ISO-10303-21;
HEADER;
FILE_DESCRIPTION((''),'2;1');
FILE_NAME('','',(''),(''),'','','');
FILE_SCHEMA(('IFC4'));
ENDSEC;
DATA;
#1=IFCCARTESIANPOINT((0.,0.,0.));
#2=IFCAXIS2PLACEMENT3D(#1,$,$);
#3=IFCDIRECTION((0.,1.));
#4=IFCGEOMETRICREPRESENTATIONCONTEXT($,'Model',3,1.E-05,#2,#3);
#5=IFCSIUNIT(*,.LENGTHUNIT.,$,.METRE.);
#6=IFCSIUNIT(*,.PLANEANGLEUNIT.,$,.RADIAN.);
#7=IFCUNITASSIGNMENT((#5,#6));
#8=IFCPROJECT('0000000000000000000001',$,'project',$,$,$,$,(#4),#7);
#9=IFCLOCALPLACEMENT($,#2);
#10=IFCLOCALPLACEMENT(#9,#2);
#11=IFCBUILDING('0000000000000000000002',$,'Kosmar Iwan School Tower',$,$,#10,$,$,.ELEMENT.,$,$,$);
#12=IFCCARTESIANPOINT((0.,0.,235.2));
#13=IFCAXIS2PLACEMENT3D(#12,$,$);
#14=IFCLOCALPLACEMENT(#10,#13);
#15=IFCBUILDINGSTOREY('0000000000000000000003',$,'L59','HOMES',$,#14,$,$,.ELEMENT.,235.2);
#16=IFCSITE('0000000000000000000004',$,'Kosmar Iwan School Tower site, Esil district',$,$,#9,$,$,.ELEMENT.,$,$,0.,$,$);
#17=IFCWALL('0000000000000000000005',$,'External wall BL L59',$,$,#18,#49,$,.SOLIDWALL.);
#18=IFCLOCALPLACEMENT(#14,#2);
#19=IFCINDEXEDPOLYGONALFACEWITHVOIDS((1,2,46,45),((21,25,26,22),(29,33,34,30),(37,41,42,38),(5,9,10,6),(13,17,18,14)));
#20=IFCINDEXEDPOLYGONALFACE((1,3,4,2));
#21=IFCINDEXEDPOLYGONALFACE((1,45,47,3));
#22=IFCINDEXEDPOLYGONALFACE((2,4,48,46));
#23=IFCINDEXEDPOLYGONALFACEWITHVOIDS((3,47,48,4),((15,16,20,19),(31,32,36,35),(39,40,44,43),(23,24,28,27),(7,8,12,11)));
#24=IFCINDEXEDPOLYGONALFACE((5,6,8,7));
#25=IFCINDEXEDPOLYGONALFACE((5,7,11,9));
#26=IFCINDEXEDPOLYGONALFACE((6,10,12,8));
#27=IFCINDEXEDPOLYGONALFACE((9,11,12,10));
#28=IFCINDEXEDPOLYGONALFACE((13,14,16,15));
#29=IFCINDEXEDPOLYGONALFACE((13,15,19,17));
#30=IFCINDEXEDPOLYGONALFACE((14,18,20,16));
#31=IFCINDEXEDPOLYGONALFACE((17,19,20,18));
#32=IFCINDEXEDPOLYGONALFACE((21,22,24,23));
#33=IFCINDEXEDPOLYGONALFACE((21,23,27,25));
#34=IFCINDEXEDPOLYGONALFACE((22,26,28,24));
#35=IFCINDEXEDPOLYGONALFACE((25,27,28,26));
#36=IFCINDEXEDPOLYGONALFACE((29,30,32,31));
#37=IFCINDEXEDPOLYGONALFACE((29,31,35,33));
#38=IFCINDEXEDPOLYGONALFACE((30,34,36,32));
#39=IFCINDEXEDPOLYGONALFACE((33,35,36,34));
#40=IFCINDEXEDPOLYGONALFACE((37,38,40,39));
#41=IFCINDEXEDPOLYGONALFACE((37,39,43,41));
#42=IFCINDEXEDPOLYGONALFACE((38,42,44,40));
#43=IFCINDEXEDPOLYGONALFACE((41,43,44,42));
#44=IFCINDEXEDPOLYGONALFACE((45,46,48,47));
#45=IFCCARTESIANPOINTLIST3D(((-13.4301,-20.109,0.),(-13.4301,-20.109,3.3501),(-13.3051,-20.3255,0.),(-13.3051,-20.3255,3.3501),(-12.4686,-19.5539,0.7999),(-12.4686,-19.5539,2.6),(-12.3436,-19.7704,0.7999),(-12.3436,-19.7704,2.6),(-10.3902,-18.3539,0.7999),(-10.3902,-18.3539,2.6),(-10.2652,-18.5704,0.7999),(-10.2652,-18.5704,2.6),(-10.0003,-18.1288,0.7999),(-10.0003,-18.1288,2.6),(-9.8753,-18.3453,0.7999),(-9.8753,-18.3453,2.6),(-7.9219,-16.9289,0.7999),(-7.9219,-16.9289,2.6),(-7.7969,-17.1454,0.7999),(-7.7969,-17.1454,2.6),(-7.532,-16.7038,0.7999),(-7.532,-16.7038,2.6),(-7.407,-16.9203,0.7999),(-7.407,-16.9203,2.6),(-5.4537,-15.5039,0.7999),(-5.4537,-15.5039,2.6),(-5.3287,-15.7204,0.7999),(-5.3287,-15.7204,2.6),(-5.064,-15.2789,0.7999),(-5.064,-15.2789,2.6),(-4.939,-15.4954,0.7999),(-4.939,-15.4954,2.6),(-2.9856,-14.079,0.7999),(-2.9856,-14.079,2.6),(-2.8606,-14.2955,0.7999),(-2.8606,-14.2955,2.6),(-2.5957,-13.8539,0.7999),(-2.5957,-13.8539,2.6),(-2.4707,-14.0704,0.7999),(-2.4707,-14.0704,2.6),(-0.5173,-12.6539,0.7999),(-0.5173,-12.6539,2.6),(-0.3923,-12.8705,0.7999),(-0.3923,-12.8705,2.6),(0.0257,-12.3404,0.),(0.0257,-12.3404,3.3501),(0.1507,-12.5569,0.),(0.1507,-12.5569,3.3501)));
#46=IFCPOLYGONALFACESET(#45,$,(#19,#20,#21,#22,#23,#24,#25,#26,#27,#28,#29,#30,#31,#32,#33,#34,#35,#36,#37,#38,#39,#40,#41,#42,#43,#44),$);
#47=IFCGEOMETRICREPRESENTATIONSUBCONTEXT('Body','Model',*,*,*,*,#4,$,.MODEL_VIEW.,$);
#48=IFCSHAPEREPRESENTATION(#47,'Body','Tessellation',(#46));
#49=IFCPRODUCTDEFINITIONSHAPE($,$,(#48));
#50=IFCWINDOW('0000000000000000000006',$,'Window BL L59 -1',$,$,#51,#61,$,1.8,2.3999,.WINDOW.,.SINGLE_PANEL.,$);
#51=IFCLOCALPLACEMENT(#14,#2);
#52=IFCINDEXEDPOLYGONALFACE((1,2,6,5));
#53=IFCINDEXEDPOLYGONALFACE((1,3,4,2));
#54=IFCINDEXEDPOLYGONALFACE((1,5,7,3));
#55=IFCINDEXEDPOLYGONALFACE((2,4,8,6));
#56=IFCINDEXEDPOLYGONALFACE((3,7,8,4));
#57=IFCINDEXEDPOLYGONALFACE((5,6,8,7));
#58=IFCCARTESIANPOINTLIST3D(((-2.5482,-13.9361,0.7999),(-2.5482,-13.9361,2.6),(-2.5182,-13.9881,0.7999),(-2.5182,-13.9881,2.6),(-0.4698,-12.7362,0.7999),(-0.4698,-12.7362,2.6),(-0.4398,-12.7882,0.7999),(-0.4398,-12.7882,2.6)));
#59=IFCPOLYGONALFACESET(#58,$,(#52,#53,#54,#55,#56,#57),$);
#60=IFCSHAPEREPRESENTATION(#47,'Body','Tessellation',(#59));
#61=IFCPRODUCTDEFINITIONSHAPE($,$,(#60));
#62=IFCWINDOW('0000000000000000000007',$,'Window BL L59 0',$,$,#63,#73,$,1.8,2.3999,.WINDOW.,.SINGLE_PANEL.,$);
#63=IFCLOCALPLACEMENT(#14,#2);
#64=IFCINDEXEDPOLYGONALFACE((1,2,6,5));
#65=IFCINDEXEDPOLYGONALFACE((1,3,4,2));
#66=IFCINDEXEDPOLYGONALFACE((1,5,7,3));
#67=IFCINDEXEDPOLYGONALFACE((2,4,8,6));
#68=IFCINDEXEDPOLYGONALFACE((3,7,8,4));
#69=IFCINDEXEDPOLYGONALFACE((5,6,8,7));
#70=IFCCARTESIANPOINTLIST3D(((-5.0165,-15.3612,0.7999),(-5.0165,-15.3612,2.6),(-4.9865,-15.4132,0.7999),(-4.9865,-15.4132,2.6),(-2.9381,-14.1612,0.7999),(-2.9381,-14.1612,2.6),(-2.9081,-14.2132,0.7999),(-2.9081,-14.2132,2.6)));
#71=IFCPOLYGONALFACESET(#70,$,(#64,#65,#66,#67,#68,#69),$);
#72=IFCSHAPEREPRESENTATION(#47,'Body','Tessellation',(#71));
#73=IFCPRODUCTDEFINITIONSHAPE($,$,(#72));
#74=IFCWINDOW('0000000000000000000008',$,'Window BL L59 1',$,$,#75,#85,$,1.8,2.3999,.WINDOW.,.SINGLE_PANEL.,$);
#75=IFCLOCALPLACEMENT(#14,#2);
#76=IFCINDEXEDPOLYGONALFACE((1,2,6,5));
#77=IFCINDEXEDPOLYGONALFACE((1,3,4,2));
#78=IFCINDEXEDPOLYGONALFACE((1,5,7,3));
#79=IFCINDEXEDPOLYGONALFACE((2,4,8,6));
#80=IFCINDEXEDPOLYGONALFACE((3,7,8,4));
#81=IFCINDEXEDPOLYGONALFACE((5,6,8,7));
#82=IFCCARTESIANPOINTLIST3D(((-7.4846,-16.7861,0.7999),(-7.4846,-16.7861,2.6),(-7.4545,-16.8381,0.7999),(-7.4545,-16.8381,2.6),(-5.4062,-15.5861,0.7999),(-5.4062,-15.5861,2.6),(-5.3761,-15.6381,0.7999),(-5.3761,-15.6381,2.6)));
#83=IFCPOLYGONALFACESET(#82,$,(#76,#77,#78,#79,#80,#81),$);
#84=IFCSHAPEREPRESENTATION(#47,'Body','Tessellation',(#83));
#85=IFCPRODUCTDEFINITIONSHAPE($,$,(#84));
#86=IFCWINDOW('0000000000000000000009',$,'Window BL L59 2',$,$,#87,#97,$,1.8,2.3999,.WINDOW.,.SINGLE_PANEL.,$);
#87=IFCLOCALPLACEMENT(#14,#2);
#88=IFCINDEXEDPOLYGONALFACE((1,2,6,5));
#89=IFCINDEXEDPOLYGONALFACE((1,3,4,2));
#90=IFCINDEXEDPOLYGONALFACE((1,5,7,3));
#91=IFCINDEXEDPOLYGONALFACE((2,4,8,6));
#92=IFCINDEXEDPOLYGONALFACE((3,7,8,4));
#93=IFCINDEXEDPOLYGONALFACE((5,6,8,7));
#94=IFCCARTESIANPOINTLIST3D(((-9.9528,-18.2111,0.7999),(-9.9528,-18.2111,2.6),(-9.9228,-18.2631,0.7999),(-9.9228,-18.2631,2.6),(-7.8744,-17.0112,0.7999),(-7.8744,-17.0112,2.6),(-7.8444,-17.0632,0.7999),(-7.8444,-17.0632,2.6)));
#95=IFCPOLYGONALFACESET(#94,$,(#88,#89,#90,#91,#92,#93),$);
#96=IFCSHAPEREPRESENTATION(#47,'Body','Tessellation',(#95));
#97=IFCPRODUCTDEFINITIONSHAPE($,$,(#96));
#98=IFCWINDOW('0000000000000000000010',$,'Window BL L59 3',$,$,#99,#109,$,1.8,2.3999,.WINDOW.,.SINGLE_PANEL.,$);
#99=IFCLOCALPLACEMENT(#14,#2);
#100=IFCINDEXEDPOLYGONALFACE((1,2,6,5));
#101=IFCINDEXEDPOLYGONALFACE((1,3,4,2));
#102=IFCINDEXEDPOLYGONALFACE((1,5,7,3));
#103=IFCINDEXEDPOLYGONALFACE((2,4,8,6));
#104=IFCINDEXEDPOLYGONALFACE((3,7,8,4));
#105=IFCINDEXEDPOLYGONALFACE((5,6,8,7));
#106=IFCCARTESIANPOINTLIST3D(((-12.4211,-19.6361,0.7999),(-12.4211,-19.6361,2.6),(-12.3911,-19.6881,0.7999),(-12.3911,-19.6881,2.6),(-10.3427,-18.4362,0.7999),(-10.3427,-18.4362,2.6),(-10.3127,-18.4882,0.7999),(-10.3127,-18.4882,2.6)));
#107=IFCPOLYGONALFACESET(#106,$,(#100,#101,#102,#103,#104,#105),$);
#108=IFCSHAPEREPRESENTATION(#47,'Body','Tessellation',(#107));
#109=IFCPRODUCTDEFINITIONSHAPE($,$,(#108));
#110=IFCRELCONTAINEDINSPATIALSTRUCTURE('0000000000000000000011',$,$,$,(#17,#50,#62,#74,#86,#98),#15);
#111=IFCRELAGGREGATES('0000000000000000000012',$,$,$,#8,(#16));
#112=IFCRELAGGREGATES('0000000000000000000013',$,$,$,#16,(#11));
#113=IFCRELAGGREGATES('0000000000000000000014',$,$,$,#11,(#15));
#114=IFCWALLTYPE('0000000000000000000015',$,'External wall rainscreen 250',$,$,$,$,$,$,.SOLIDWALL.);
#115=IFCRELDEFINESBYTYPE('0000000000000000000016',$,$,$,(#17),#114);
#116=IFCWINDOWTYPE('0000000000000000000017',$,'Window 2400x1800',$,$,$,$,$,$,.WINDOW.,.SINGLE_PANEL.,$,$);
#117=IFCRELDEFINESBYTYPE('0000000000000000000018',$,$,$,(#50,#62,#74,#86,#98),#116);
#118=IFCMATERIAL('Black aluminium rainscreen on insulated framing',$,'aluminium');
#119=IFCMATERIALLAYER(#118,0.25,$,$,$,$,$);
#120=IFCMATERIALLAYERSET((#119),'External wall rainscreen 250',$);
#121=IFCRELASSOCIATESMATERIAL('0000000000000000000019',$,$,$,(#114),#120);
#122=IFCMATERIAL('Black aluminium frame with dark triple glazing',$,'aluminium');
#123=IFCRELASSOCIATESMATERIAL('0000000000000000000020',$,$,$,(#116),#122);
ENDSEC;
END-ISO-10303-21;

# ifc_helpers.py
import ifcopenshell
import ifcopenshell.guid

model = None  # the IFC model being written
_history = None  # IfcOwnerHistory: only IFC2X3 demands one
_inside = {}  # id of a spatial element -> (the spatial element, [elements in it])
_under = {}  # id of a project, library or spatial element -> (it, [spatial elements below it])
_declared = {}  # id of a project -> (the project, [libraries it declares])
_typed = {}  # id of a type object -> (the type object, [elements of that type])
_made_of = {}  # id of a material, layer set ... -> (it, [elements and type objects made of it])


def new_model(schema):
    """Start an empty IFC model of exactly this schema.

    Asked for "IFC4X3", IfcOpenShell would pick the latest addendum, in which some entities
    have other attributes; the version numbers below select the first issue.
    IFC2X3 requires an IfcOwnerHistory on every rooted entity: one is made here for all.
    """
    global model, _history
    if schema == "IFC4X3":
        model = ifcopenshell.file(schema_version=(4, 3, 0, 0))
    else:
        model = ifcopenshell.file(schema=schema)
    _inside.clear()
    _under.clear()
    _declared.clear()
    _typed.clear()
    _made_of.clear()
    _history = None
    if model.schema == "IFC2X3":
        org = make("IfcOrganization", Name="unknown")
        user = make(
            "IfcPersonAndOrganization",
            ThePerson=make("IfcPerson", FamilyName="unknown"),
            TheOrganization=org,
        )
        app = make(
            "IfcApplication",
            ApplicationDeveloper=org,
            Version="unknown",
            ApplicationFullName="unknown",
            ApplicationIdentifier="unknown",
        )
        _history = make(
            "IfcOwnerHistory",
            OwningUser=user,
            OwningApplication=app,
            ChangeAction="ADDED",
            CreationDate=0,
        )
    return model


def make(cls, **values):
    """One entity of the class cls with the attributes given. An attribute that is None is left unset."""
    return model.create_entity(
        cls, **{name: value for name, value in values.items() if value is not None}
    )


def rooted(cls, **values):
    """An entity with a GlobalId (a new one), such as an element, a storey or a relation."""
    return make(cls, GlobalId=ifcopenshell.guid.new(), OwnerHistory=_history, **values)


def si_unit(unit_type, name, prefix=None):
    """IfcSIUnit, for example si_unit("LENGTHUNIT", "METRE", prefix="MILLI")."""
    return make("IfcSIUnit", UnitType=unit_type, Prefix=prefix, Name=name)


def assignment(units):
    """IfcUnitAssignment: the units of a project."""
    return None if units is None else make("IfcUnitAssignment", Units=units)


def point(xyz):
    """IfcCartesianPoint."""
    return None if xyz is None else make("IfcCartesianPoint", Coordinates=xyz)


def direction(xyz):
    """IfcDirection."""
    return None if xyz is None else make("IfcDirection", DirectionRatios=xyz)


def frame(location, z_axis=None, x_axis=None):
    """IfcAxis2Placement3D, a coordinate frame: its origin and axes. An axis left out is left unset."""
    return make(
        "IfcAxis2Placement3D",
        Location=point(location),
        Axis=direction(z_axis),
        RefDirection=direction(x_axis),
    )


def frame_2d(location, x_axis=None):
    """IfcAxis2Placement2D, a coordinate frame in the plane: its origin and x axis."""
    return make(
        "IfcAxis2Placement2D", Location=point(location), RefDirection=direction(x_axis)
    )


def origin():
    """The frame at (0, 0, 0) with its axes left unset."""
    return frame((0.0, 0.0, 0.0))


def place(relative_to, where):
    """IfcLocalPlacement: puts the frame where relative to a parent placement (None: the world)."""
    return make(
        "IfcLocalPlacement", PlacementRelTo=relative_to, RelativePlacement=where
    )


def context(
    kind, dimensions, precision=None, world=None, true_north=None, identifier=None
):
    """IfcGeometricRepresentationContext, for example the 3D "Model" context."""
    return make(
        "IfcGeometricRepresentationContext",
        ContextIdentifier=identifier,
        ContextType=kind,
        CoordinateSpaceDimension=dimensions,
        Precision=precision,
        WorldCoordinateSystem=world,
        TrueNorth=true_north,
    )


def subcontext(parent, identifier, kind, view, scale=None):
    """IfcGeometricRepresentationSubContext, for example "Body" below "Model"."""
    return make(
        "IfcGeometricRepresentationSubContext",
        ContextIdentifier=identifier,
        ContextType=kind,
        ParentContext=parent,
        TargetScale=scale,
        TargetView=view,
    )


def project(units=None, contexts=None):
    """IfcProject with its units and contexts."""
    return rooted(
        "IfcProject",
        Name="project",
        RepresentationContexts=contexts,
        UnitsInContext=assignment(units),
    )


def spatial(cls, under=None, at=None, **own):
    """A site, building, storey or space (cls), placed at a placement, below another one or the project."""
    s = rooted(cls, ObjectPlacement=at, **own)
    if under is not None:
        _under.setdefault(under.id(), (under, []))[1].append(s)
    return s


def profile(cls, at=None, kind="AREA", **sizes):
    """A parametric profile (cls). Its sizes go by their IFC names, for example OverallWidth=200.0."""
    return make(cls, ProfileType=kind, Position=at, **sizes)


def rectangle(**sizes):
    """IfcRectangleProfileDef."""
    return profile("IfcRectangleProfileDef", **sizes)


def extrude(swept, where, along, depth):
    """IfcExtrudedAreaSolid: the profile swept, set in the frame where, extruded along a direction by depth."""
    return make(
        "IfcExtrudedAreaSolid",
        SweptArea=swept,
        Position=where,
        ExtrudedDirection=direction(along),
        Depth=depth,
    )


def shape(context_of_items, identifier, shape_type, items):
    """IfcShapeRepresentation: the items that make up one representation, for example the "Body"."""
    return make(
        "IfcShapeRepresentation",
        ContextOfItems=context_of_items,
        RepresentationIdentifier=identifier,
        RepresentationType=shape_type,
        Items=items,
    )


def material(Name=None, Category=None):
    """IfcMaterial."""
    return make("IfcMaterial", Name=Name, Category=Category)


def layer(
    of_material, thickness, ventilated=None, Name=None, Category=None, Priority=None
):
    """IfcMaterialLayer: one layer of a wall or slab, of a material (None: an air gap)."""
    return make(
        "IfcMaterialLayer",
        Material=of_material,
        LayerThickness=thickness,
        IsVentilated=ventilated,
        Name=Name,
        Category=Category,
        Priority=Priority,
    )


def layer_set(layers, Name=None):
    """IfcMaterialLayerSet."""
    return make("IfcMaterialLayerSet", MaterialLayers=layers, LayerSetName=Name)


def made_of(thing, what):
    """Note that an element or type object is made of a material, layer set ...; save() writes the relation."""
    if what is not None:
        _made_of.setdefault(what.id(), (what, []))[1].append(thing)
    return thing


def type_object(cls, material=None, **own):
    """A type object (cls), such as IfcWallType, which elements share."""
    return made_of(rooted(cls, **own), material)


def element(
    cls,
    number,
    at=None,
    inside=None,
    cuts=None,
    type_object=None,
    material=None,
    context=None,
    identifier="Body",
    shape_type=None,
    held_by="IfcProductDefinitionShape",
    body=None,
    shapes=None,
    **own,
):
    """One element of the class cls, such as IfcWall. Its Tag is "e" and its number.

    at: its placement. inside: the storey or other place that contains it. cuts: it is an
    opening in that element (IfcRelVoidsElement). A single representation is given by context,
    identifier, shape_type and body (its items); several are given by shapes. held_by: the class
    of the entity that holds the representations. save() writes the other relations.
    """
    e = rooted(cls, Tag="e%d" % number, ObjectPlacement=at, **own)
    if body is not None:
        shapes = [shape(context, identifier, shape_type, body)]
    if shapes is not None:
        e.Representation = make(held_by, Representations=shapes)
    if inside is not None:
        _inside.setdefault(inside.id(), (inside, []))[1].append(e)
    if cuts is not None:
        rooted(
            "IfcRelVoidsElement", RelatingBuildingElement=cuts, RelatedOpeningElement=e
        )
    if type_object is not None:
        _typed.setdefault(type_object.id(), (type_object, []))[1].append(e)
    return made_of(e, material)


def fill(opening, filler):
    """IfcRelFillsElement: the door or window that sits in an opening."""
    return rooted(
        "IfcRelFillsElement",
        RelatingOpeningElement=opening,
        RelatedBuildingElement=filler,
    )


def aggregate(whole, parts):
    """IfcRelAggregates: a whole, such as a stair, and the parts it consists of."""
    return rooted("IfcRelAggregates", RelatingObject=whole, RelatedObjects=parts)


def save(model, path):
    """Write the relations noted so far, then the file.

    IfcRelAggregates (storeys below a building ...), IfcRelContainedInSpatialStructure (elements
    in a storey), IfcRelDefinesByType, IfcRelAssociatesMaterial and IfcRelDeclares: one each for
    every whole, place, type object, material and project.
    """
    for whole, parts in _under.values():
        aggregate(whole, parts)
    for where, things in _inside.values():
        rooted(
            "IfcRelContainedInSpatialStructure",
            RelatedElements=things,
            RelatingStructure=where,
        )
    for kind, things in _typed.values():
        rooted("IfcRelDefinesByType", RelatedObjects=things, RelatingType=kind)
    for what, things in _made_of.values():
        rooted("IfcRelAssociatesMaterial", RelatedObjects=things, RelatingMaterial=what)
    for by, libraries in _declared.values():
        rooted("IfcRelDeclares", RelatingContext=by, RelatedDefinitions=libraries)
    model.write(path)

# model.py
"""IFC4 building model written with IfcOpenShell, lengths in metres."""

from ifc_helpers import new_model, si_unit, direction, frame, frame_2d, origin, place, context, subcontext, project, spatial, rectangle, extrude, material, layer, layer_set, type_object, element, fill, save


model = new_model("IFC4")

# Units and contexts
model_context = context("Model", 3, precision=1e-05, world=origin(), true_north=direction((0.0, 1.0)))
body_context = subcontext(model_context, "Body", "Model", "MODEL_VIEW")
ifc_project = project(units=[si_unit("LENGTHUNIT", "METRE"), si_unit("PLANEANGLEUNIT", "RADIAN")], contexts=[model_context])

# Site, building, storey
site_placement = place(None, origin())
site = spatial("IfcSite", under=ifc_project, at=site_placement, Name="Kosmar Iwan School Tower site, Esil district", CompositionType="ELEMENT", RefElevation=0.0)
building_placement = place(site_placement, origin())
building = spatial("IfcBuilding", under=site, at=building_placement, Name="Kosmar Iwan School Tower", CompositionType="ELEMENT")
storey_placement = place(building_placement, frame((0.0, 0.0, 235.2)))
storey = spatial("IfcBuildingStorey", under=building, at=storey_placement, Name="L59", Description="HOMES", CompositionType="ELEMENT", Elevation=235.2)

# Wall, openings, windows
ifc_material_1 = material(Name="Black aluminium rainscreen on insulated framing", Category="aluminium")
ifc_layer_1 = layer(ifc_material_1, 0.25)
ifc_layer_set_1 = layer_set([ifc_layer_1], Name="External wall rainscreen 250")
wall_type_1 = type_object("IfcWallType", Name="External wall rainscreen 250", PredefinedType="SOLIDWALL", material=ifc_layer_set_1)
wall_1_placement = place(storey_placement, frame((0.0881, -12.4487, 0.0), z_axis=(0.0, 0.0, 1.0), x_axis=(-0.86603, -0.499992, 0.0)))
wall_1 = element("IfcWall", 1, at=wall_1_placement, inside=storey, type_object=wall_type_1, Name="External wall BL L59", PredefinedType="SOLIDWALL", context=body_context, shape_type="SweptSolid", body=[
    extrude(rectangle(XDim=15.5374, YDim=0.25, at=frame_2d((7.7686, 0.0))), origin(), (0.0, 0.0, 1.0), 3.3501),
])
opening_1_placement = place(wall_1_placement, frame((0.627, 0.0, 0.8)))
opening_1 = element("IfcOpeningElement", 2, at=opening_1_placement, cuts=wall_1, PredefinedType="OPENING", context=body_context, shape_type="SweptSolid", body=[
    extrude(rectangle(XDim=2.3999, YDim=1.8, at=frame_2d((1.2, 0.8999))), frame((0.0, 0.137, 0.0), z_axis=(0.0, -1.0, 0.0), x_axis=(1.0, 0.0, 0.0)), (0.0, 0.0, 1.0), 0.2739),
])
opening_2_placement = place(wall_1_placement, frame((3.4771, 0.0, 0.8)))
opening_2 = element("IfcOpeningElement", 3, at=opening_2_placement, cuts=wall_1, PredefinedType="OPENING", context=body_context, shape_type="SweptSolid", body=[
    extrude(rectangle(XDim=2.3999, YDim=1.8, at=frame_2d((1.2, 0.8999))), frame((0.0, 0.137, 0.0), z_axis=(0.0, -1.0, 0.0), x_axis=(1.0, 0.0, 0.0)), (0.0, 0.0, 1.0), 0.2739),
])
opening_3_placement = place(wall_1_placement, frame((6.3269, 0.0, 0.8)))
opening_3 = element("IfcOpeningElement", 4, at=opening_3_placement, cuts=wall_1, PredefinedType="OPENING", context=body_context, shape_type="SweptSolid", body=[
    extrude(rectangle(XDim=2.3999, YDim=1.8, at=frame_2d((1.2, 0.8999))), frame((0.0, 0.137, 0.0), z_axis=(0.0, -1.0, 0.0), x_axis=(1.0, 0.0, 0.0)), (0.0, 0.0, 1.0), 0.2739),
])
opening_4_placement = place(wall_1_placement, frame((9.177, 0.0, 0.8)))
opening_4 = element("IfcOpeningElement", 5, at=opening_4_placement, cuts=wall_1, PredefinedType="OPENING", context=body_context, shape_type="SweptSolid", body=[
    extrude(rectangle(XDim=2.3999, YDim=1.8, at=frame_2d((1.2, 0.8999))), frame((0.0, 0.137, 0.0), z_axis=(0.0, -1.0, 0.0), x_axis=(1.0, 0.0, 0.0)), (0.0, 0.0, 1.0), 0.2739),
])
opening_5_placement = place(wall_1_placement, frame((12.0271, 0.0, 0.8)))
opening_5 = element("IfcOpeningElement", 6, at=opening_5_placement, cuts=wall_1, PredefinedType="OPENING", context=body_context, shape_type="SweptSolid", body=[
    extrude(rectangle(XDim=2.3999, YDim=1.8, at=frame_2d((1.2, 0.8999))), frame((0.0, 0.137, 0.0), z_axis=(0.0, -1.0, 0.0), x_axis=(1.0, 0.0, 0.0)), (0.0, 0.0, 1.0), 0.2739),
])
ifc_material_2 = material(Name="Black aluminium frame with dark triple glazing", Category="aluminium")
window_type = type_object("IfcWindowType", Name="Window 2400x1800", PartitioningType="SINGLE_PANEL", PredefinedType="WINDOW", material=ifc_material_2)
window_1_placement = place(opening_1_placement, origin())
window_1 = element("IfcWindow", 7, at=window_1_placement, inside=storey, type_object=window_type, Name="Window BL L59 -1", OverallHeight=1.8, OverallWidth=2.3999, PartitioningType="SINGLE_PANEL", PredefinedType="WINDOW", context=body_context, shape_type="SweptSolid", body=[
    extrude(rectangle(XDim=2.3999, YDim=1.8, at=frame_2d((1.2, 0.8999))), frame((0.0, 0.03, 0.0), z_axis=(0.0, -1.0, 0.0), x_axis=(1.0, 0.0, 0.0)), (0.0, 0.0, 1.0), 0.0601),
])
fill(opening_1, window_1)
window_2_placement = place(opening_2_placement, origin())
window_2 = element("IfcWindow", 8, at=window_2_placement, inside=storey, type_object=window_type, Name="Window BL L59 0", OverallHeight=1.8, OverallWidth=2.3999, PartitioningType="SINGLE_PANEL", PredefinedType="WINDOW", context=body_context, shape_type="SweptSolid", body=[
    extrude(rectangle(XDim=2.3999, YDim=1.8, at=frame_2d((1.2, 0.8999))), frame((0.0, 0.03, 0.0), z_axis=(0.0, -1.0, 0.0), x_axis=(1.0, 0.0, 0.0)), (0.0, 0.0, 1.0), 0.0601),
])
fill(opening_2, window_2)
window_3_placement = place(opening_3_placement, origin())
window_3 = element("IfcWindow", 9, at=window_3_placement, inside=storey, type_object=window_type, Name="Window BL L59 1", OverallHeight=1.8, OverallWidth=2.3999, PartitioningType="SINGLE_PANEL", PredefinedType="WINDOW", context=body_context, shape_type="SweptSolid", body=[
    extrude(rectangle(XDim=2.3999, YDim=1.8, at=frame_2d((1.2, 0.8999))), frame((0.0, 0.03, 0.0), z_axis=(0.0, -1.0, 0.0), x_axis=(1.0, 0.0, 0.0)), (0.0, 0.0, 1.0), 0.0601),
])
fill(opening_3, window_3)
window_4_placement = place(opening_4_placement, origin())
window_4 = element("IfcWindow", 10, at=window_4_placement, inside=storey, type_object=window_type, Name="Window BL L59 2", OverallHeight=1.8, OverallWidth=2.3999, PartitioningType="SINGLE_PANEL", PredefinedType="WINDOW", context=body_context, shape_type="SweptSolid", body=[
    extrude(rectangle(XDim=2.3999, YDim=1.8, at=frame_2d((1.2, 0.8999))), frame((0.0, 0.03, 0.0), z_axis=(0.0, -1.0, 0.0), x_axis=(1.0, 0.0, 0.0)), (0.0, 0.0, 1.0), 0.0601),
])
fill(opening_4, window_4)
window_5_placement = place(opening_5_placement, origin())
window_5 = element("IfcWindow", 11, at=window_5_placement, inside=storey, type_object=window_type, Name="Window BL L59 3", OverallHeight=1.8, OverallWidth=2.3999, PartitioningType="SINGLE_PANEL", PredefinedType="WINDOW", context=body_context, shape_type="SweptSolid", body=[
    extrude(rectangle(XDim=2.3999, YDim=1.8, at=frame_2d((1.2, 0.8999))), frame((0.0, 0.03, 0.0), z_axis=(0.0, -1.0, 0.0), x_axis=(1.0, 0.0, 0.0)), (0.0, 0.0, 1.0), 0.0601),
])
fill(opening_5, window_5)

save(model, "model.ifc")
